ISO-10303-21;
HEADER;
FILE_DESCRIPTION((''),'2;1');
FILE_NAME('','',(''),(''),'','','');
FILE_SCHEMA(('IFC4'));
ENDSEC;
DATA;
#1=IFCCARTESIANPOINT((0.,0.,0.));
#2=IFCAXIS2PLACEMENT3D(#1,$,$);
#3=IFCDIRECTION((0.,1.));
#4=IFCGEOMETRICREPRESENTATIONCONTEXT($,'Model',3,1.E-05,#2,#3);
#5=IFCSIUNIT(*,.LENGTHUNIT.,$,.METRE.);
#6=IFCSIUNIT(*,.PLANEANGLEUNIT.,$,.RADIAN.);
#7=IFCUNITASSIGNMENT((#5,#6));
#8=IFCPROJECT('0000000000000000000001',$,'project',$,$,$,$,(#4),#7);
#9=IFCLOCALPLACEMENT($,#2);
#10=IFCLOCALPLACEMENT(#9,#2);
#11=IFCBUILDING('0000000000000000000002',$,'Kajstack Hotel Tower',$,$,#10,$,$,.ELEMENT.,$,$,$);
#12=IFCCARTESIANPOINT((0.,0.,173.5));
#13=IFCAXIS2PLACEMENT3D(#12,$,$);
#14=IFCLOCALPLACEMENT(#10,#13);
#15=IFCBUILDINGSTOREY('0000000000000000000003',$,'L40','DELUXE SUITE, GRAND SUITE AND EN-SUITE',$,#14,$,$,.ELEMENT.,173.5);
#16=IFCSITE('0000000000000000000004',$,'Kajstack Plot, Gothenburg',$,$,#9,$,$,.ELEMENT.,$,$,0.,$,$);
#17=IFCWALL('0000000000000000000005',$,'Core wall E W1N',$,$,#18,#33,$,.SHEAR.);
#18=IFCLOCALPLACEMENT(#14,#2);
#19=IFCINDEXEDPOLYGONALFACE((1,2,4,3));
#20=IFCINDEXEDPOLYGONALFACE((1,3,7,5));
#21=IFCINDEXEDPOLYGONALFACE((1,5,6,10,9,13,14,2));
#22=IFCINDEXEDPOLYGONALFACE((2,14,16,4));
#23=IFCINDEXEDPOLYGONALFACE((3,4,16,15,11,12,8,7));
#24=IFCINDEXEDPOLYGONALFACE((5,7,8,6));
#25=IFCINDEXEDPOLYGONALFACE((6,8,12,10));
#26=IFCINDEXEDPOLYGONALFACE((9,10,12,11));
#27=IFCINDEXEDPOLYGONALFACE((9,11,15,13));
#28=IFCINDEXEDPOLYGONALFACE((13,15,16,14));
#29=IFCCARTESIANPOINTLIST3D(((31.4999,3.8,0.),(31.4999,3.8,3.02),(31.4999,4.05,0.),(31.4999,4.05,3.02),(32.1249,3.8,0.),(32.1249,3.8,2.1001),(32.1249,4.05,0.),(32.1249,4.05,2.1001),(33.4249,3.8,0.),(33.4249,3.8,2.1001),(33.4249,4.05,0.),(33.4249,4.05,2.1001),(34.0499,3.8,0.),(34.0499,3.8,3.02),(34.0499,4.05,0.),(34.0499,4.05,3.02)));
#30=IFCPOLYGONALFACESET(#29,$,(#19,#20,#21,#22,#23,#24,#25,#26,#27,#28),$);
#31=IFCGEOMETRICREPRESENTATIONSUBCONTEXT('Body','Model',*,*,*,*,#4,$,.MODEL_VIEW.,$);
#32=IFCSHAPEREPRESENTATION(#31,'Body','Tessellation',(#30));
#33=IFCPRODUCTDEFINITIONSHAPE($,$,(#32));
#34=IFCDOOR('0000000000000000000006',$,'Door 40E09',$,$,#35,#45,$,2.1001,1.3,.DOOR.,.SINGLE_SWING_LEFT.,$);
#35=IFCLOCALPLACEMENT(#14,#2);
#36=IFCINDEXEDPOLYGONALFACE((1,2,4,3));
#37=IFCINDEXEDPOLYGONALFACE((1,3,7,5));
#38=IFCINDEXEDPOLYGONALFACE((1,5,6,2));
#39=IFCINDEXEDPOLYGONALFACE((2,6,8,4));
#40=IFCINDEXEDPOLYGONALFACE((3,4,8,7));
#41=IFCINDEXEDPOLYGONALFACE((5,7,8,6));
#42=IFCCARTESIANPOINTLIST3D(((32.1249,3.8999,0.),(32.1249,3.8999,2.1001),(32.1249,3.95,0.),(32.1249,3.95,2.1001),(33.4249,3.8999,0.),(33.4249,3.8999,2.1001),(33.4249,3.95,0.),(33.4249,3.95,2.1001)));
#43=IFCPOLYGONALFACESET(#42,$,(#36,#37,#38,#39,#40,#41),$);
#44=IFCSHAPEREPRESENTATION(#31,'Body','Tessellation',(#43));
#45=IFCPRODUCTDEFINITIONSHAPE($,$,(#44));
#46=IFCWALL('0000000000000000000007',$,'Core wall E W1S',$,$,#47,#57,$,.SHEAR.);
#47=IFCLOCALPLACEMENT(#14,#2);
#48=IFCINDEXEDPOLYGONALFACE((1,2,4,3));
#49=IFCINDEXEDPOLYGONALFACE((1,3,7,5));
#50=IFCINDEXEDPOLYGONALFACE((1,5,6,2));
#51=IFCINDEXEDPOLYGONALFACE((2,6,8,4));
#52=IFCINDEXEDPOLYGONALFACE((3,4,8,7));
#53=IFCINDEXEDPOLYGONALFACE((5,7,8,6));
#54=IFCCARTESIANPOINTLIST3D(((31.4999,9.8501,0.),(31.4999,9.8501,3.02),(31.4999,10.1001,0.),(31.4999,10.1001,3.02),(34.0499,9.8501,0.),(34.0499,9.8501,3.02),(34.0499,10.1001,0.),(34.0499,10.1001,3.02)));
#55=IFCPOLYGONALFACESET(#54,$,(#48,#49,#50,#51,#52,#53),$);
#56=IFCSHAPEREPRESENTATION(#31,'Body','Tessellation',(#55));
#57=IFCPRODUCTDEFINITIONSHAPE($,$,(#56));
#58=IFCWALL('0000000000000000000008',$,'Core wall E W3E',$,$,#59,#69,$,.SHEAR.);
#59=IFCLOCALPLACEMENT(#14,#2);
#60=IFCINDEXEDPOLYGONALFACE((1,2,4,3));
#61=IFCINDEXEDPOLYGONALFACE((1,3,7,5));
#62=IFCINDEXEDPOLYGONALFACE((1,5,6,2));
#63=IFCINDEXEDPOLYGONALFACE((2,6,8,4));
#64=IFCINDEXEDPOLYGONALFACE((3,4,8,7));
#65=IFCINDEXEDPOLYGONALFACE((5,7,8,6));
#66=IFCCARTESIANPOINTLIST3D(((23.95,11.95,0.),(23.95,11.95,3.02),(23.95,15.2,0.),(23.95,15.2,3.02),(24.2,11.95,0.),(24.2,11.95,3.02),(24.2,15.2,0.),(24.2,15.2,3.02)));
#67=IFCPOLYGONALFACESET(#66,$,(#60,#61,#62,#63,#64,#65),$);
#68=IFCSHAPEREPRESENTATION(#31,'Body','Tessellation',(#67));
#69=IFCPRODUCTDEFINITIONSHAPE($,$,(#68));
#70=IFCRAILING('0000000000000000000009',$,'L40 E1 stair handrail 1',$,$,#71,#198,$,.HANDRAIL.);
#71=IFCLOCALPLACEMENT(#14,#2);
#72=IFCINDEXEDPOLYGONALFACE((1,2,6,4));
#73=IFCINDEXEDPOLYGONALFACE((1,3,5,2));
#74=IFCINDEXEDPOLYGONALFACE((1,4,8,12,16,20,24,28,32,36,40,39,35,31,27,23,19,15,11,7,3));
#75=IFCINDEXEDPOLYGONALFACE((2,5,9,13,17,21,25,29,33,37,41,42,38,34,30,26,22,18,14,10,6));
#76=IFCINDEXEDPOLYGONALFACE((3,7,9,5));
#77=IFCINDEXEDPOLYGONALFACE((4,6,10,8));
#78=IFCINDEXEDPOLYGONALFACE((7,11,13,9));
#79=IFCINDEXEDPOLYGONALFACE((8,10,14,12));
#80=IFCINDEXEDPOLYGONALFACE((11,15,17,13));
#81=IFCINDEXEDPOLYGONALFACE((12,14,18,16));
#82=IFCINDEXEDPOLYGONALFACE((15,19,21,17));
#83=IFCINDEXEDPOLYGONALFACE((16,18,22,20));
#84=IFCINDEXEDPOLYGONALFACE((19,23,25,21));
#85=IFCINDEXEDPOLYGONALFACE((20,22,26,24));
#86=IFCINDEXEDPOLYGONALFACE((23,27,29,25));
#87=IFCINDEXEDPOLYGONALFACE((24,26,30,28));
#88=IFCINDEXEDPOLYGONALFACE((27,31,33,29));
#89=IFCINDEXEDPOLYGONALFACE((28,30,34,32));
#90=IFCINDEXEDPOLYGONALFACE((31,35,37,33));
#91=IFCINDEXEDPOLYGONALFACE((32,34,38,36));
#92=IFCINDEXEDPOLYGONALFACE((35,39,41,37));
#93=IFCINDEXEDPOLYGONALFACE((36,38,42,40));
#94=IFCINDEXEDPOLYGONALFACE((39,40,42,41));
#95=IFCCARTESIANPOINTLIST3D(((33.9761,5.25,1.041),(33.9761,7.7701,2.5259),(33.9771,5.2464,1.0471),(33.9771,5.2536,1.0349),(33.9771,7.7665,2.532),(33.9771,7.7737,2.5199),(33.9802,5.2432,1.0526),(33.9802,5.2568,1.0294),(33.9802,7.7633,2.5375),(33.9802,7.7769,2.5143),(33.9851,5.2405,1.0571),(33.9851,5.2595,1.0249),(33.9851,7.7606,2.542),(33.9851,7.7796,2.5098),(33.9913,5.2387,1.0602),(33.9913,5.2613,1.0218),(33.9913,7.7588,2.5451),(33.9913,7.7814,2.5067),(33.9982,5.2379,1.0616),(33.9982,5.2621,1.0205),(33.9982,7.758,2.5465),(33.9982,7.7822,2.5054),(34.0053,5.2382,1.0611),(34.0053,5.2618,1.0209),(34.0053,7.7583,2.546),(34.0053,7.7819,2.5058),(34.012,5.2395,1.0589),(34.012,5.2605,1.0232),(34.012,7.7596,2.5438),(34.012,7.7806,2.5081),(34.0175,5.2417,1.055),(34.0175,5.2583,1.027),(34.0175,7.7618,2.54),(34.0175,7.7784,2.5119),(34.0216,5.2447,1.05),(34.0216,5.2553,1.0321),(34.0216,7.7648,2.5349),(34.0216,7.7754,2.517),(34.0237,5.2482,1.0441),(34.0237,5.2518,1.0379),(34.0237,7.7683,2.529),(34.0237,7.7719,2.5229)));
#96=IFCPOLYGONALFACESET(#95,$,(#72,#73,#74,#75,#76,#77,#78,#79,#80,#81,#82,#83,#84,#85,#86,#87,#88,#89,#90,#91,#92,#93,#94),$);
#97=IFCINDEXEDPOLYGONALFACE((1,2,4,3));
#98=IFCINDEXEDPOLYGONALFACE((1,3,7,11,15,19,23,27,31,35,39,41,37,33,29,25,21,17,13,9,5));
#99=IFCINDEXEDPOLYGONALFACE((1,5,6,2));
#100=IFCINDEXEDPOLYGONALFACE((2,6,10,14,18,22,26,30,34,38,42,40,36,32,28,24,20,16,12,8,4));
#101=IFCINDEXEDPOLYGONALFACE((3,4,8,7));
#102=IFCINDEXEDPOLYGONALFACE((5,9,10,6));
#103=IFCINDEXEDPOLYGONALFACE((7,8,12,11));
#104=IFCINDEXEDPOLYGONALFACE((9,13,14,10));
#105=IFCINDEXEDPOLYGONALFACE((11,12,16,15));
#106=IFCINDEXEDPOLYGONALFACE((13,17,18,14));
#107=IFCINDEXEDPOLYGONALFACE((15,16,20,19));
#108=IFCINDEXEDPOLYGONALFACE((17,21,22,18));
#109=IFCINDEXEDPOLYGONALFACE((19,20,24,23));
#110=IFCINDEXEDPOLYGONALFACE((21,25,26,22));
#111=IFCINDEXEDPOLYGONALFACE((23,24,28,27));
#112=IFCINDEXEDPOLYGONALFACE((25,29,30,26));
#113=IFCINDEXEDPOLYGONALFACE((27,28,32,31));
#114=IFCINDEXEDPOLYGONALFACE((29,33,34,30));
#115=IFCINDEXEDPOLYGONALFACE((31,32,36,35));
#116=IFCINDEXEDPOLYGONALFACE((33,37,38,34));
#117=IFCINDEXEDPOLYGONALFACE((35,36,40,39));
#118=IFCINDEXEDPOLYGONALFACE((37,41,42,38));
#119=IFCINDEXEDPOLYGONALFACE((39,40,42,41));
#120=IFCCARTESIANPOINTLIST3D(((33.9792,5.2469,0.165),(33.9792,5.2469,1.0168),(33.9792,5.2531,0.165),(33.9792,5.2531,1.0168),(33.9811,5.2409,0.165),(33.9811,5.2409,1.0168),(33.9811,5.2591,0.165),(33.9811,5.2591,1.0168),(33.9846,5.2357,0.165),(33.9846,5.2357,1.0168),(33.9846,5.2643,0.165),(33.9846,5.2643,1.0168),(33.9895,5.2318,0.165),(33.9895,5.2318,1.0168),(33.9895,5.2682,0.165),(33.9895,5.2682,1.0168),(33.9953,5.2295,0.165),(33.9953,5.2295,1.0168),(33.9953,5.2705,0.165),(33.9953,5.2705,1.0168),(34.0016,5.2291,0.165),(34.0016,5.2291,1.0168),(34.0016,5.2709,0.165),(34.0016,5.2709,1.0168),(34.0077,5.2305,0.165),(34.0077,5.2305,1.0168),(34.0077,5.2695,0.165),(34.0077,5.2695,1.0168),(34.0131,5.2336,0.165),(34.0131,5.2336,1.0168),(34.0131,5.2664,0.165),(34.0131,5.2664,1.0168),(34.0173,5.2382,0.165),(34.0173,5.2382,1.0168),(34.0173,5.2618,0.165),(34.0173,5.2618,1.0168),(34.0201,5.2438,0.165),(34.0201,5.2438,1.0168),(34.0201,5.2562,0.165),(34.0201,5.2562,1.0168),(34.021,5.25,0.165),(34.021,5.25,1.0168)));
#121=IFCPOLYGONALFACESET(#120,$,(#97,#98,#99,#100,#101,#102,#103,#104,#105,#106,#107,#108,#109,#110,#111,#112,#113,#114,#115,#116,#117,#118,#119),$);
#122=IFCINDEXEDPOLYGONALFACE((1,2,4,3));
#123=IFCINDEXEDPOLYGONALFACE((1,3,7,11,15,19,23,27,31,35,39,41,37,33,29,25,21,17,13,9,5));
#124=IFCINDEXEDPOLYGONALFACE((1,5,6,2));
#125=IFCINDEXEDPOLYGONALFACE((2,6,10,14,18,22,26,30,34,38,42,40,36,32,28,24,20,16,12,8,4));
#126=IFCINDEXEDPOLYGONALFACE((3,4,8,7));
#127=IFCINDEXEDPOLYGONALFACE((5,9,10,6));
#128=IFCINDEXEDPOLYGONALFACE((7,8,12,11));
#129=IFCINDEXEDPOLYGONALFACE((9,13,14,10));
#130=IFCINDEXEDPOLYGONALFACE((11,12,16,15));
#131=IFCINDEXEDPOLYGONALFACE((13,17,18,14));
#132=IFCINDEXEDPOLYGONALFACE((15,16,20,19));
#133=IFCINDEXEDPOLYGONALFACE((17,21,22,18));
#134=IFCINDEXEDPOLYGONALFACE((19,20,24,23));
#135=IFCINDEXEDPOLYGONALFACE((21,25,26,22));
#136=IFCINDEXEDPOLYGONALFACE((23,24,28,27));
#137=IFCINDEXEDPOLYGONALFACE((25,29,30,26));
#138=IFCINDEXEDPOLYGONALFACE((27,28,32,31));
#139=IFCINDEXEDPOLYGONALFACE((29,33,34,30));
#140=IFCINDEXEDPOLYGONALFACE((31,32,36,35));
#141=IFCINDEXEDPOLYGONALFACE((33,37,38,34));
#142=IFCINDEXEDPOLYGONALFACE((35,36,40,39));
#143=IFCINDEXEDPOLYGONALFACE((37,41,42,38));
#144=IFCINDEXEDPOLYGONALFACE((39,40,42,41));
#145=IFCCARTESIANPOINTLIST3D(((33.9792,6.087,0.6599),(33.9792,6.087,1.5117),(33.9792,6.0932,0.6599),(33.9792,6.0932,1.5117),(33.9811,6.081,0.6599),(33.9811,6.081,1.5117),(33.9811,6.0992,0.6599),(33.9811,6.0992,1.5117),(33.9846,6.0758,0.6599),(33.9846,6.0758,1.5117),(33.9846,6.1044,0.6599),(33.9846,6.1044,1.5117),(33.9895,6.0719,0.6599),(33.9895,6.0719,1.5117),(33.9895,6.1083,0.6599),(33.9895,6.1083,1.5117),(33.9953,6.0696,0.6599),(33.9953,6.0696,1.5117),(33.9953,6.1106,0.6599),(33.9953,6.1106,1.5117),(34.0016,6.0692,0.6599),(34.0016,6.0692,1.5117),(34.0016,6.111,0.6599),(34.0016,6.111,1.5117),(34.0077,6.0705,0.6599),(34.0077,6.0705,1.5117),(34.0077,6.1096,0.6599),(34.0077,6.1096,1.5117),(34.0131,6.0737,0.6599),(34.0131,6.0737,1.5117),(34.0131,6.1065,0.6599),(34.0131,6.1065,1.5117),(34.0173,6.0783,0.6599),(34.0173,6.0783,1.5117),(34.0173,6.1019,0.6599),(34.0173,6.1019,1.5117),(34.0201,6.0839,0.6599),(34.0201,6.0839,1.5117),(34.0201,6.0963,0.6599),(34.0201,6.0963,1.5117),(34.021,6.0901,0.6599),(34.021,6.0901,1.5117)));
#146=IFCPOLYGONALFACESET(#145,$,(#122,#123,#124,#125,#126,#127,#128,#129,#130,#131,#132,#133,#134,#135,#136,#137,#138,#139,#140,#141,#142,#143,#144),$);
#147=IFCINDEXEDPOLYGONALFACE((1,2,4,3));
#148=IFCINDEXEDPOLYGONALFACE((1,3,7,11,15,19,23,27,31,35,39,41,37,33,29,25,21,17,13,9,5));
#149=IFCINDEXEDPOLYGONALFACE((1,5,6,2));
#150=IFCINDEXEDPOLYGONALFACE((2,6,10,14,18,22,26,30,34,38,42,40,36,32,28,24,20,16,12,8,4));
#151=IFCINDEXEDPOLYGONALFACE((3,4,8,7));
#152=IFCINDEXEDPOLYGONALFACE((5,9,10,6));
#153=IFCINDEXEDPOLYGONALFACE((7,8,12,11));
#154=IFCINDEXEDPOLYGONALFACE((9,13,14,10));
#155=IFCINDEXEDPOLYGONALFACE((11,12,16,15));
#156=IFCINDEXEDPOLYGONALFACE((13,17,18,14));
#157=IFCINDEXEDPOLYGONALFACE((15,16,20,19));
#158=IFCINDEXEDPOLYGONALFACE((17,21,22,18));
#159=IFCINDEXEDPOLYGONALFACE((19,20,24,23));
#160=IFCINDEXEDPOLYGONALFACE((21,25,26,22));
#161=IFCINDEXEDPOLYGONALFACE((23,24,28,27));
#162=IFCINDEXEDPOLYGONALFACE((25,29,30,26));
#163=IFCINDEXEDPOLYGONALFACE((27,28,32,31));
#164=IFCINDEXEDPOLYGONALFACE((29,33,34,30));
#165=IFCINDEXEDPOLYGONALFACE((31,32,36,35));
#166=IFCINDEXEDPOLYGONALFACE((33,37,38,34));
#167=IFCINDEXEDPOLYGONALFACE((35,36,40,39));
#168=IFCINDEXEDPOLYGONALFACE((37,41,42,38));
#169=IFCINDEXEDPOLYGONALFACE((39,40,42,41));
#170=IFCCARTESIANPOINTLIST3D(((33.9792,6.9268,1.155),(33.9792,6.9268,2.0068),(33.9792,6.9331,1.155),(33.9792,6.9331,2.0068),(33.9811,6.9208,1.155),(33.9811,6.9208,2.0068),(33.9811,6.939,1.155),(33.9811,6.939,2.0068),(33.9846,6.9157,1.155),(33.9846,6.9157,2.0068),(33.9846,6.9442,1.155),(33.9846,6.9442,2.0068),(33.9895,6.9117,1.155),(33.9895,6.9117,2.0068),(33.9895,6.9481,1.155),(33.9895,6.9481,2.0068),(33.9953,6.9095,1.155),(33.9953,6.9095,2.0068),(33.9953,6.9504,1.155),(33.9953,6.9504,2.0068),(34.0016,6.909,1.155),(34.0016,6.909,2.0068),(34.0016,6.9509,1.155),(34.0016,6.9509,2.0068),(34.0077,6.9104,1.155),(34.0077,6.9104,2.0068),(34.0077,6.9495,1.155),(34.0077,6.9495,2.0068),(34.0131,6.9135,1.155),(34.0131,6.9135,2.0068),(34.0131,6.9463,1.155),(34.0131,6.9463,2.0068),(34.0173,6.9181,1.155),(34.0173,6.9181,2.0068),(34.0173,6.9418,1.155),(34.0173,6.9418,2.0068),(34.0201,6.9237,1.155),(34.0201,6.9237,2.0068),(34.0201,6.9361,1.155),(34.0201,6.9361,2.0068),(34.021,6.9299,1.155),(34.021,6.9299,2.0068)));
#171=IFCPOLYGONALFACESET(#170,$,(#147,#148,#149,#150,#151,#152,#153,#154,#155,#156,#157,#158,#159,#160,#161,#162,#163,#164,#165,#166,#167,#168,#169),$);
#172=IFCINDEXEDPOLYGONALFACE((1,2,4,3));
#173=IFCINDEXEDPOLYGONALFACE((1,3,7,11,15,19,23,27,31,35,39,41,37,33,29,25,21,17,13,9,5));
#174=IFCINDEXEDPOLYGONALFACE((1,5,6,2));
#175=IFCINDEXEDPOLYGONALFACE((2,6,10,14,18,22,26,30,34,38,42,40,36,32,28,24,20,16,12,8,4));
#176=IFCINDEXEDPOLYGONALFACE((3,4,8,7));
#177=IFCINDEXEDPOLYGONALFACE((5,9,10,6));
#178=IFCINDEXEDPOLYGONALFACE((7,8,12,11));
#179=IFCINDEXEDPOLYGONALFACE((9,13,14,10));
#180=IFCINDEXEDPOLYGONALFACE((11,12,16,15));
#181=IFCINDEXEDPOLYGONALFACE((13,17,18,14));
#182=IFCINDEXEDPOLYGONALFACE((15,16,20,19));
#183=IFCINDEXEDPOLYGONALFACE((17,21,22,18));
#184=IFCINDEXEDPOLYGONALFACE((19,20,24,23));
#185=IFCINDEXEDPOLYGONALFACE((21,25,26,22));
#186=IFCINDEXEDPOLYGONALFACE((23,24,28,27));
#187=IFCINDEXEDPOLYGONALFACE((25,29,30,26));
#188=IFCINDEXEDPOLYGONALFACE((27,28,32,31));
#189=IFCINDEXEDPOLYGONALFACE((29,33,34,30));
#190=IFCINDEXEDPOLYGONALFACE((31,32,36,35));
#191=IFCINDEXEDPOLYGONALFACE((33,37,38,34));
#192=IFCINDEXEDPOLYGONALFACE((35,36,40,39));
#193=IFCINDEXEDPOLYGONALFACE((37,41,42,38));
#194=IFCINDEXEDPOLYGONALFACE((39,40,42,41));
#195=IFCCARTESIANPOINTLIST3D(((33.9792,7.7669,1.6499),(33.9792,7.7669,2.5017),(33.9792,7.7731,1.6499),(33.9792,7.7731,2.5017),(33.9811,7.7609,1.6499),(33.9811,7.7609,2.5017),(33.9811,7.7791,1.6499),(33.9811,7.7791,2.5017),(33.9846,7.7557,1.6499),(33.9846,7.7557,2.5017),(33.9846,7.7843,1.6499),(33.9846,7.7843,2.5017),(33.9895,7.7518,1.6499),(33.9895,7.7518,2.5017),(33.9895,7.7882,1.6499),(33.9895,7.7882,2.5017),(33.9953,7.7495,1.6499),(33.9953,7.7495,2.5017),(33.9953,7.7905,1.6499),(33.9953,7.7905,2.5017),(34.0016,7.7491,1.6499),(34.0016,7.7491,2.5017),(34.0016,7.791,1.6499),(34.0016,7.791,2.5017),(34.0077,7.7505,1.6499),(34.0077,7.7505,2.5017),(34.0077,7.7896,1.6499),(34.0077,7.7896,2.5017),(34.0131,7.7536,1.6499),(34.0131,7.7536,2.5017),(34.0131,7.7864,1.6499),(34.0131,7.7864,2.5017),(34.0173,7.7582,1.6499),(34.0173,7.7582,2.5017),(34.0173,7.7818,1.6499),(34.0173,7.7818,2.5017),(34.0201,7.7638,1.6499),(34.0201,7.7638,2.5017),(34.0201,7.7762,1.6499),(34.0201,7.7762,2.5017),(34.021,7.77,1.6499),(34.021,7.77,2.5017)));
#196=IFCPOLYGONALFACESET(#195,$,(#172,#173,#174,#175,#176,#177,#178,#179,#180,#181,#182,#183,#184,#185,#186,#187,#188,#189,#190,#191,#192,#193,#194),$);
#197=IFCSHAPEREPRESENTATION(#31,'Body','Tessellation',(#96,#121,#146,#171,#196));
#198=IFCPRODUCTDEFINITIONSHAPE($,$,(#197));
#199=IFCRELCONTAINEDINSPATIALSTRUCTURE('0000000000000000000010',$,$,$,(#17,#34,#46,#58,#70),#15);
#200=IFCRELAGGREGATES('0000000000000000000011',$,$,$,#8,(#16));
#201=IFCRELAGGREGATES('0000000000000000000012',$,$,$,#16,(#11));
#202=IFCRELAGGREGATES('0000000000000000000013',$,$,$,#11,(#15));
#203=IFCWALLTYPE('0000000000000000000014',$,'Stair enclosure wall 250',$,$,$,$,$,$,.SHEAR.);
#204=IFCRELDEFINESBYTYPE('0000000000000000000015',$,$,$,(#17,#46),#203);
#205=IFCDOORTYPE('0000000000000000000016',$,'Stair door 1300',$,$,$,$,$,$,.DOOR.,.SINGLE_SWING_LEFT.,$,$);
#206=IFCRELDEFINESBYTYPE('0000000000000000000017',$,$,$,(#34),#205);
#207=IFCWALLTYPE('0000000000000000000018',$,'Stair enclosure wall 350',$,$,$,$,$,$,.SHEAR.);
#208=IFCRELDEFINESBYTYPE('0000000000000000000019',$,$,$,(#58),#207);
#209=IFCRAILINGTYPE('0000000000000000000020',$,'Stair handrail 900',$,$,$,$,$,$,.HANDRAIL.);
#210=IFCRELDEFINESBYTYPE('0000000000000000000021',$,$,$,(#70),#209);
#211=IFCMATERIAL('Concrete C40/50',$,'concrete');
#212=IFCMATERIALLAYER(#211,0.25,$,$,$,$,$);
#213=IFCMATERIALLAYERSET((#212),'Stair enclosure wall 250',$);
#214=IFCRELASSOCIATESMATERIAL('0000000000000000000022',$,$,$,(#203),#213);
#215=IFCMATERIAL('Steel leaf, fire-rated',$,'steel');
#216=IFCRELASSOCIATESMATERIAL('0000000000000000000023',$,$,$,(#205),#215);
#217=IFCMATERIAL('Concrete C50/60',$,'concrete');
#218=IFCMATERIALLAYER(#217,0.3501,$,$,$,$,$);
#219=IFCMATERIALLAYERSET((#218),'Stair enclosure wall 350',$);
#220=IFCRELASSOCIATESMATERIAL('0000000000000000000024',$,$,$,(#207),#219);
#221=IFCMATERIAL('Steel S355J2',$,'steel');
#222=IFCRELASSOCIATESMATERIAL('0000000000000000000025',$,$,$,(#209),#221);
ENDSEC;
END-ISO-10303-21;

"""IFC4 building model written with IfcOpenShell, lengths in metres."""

from ifc_helpers import new_model, si_unit, direction, frame, frame_2d, origin, origin_2d, place, context, subcontext, project, spatial, rectangle, circle, extrude, material, layer, layer_set, type_object, element, fill, save


model = new_model("IFC4")

# Units and contexts
model_context = context("Model", 3, precision=1e-05, world=origin(), true_north=direction((0.0, 1.0)))
body_context = subcontext(model_context, "Body", "Model", "MODEL_VIEW")
ifc_project = project(units=[si_unit("LENGTHUNIT", "METRE"), si_unit("PLANEANGLEUNIT", "RADIAN")], contexts=[model_context])

# Site, building, storey
site_placement = place(None, origin())
site = spatial("IfcSite", under=ifc_project, at=site_placement, Name="Kajstack Plot, Gothenburg", CompositionType="ELEMENT", RefElevation=0.0)
building_placement = place(site_placement, origin())
building = spatial("IfcBuilding", under=site, at=building_placement, Name="Kajstack Hotel Tower", CompositionType="ELEMENT")
storey_placement = place(building_placement, frame((0.0, 0.0, 173.5)))
storey = spatial("IfcBuildingStorey", under=building, at=storey_placement, Name="L40", Description="DELUXE SUITE, GRAND SUITE AND EN-SUITE", CompositionType="ELEMENT", Elevation=173.5)

# Shared definitions
ifc_material_1 = material(Name="Concrete C40/50", Category="concrete")
ifc_material_2 = material(Name="Concrete C50/60", Category="concrete")

# Wall, opening, door
ifc_layer_1 = layer(ifc_material_1, 0.25)
ifc_layer_set_1 = layer_set([ifc_layer_1], Name="Stair enclosure wall 250")
wall_type_1 = type_object("IfcWallType", Name="Stair enclosure wall 250", PredefinedType="SHEAR", material=ifc_layer_set_1)
wall_1_placement = place(storey_placement, frame((31.5, 3.925, 0.0), z_axis=(0.0, 0.0, 1.0), x_axis=(1.0, 0.0, 0.0)))
wall_1 = element("IfcWall", 1, at=wall_1_placement, inside=storey, type_object=wall_type_1, Name="Core wall E W1N", PredefinedType="SHEAR", context=body_context, shape_type="SweptSolid", body=[
    extrude(rectangle(XDim=2.55, YDim=0.25, at=frame_2d((1.2749, 0.0))), origin(), (0.0, 0.0, 1.0), 3.02),
])
opening_1_placement = place(wall_1_placement, frame((0.625, 0.0, 0.0)))
opening_1 = element("IfcOpeningElement", 2, at=opening_1_placement, cuts=wall_1, PredefinedType="OPENING", context=body_context, shape_type="SweptSolid", body=[
    extrude(rectangle(XDim=1.3, YDim=2.1001, at=frame_2d((0.6499, 1.05))), frame((0.0, 0.135, 0.0), z_axis=(0.0, -1.0, 0.0), x_axis=(1.0, 0.0, 0.0)), (0.0, 0.0, 1.0), 0.27),
])
ifc_material_3 = material(Name="Steel leaf, fire-rated", Category="steel")
door_type_1 = type_object("IfcDoorType", Name="Stair door 1300", OperationType="SINGLE_SWING_LEFT", PredefinedType="DOOR", material=ifc_material_3)
door_1_placement = place(opening_1_placement, origin())
door_1 = element("IfcDoor", 3, at=door_1_placement, inside=storey, type_object=door_type_1, Name="Door 40E09", OperationType="SINGLE_SWING_LEFT", OverallHeight=2.1001, OverallWidth=1.3, PredefinedType="DOOR", context=body_context, shape_type="SweptSolid", body=[
    extrude(rectangle(XDim=1.3, YDim=2.1001, at=frame_2d((0.6499, 1.05))), frame((0.0, 0.0249, 0.0), z_axis=(0.0, -1.0, 0.0), x_axis=(1.0, 0.0, 0.0)), (0.0, 0.0, 1.0), 0.05),
])
fill(opening_1, door_1)

# Walls
wall_2_placement = place(storey_placement, frame((31.5, 9.9751, 0.0), z_axis=(0.0, 0.0, 1.0), x_axis=(1.0, 0.0, 0.0)))
element("IfcWall", 4, at=wall_2_placement, inside=storey, type_object=wall_type_1, Name="Core wall E W1S", PredefinedType="SHEAR", context=body_context, shape_type="SweptSolid", body=[
    extrude(rectangle(XDim=2.55, YDim=0.25, at=frame_2d((1.2749, 0.0))), origin(), (0.0, 0.0, 1.0), 3.02),
])
ifc_layer_2 = layer(ifc_material_2, 0.3501)
ifc_layer_set_2 = layer_set([ifc_layer_2], Name="Stair enclosure wall 350")
wall_type_2 = type_object("IfcWallType", Name="Stair enclosure wall 350", PredefinedType="SHEAR", material=ifc_layer_set_2)
wall_3_placement = place(storey_placement, frame((24.075, 11.95, 0.0), z_axis=(0.0, 0.0, 1.0), x_axis=(0.0, 1.0, 0.0)))
element("IfcWall", 5, at=wall_3_placement, inside=storey, type_object=wall_type_2, Name="Core wall E W3E", PredefinedType="SHEAR", context=body_context, shape_type="SweptSolid", body=[
    extrude(rectangle(XDim=3.25, YDim=0.25, at=frame_2d((1.625, 0.0))), origin(), (0.0, 0.0, 1.0), 3.02),
])

# Railing
ifc_material_4 = material(Name="Steel S355J2", Category="steel")
railing_type_1 = type_object("IfcRailingType", Name="Stair handrail 900", PredefinedType="HANDRAIL", material=ifc_material_4)
railing_1_placement = place(storey_placement, frame((34.0, 5.25, 0.165)))
element("IfcRailing", 6, at=railing_1_placement, inside=storey, type_object=railing_type_1, Name="L40 E1 stair handrail 1", PredefinedType="HANDRAIL", context=body_context, shape_type="SweptSolid", body=[
    extrude(circle(Radius=0.0239, at=origin_2d()), frame((0.0, 0.0, 0.876), z_axis=(0.0, 0.861561, 0.507655), x_axis=(-1.0, 0.0, 0.0)), (0.0, 0.0, 1.0), 2.925),
    extrude(circle(Radius=0.021, at=origin_2d()), origin(), (0.0, 0.0, 1.0), 0.8518),
    extrude(circle(Radius=0.021, at=origin_2d()), frame((0.0, 0.8401, 0.4949)), (0.0, 0.0, 1.0), 0.8518),
    extrude(circle(Radius=0.021, at=origin_2d()), frame((0.0, 1.6799, 0.99)), (0.0, 0.0, 1.0), 0.8518),
    extrude(circle(Radius=0.021, at=origin_2d()), frame((0.0, 2.52, 1.4849)), (0.0, 0.0, 1.0), 0.8518),
])

save(model, "model.ifc")
